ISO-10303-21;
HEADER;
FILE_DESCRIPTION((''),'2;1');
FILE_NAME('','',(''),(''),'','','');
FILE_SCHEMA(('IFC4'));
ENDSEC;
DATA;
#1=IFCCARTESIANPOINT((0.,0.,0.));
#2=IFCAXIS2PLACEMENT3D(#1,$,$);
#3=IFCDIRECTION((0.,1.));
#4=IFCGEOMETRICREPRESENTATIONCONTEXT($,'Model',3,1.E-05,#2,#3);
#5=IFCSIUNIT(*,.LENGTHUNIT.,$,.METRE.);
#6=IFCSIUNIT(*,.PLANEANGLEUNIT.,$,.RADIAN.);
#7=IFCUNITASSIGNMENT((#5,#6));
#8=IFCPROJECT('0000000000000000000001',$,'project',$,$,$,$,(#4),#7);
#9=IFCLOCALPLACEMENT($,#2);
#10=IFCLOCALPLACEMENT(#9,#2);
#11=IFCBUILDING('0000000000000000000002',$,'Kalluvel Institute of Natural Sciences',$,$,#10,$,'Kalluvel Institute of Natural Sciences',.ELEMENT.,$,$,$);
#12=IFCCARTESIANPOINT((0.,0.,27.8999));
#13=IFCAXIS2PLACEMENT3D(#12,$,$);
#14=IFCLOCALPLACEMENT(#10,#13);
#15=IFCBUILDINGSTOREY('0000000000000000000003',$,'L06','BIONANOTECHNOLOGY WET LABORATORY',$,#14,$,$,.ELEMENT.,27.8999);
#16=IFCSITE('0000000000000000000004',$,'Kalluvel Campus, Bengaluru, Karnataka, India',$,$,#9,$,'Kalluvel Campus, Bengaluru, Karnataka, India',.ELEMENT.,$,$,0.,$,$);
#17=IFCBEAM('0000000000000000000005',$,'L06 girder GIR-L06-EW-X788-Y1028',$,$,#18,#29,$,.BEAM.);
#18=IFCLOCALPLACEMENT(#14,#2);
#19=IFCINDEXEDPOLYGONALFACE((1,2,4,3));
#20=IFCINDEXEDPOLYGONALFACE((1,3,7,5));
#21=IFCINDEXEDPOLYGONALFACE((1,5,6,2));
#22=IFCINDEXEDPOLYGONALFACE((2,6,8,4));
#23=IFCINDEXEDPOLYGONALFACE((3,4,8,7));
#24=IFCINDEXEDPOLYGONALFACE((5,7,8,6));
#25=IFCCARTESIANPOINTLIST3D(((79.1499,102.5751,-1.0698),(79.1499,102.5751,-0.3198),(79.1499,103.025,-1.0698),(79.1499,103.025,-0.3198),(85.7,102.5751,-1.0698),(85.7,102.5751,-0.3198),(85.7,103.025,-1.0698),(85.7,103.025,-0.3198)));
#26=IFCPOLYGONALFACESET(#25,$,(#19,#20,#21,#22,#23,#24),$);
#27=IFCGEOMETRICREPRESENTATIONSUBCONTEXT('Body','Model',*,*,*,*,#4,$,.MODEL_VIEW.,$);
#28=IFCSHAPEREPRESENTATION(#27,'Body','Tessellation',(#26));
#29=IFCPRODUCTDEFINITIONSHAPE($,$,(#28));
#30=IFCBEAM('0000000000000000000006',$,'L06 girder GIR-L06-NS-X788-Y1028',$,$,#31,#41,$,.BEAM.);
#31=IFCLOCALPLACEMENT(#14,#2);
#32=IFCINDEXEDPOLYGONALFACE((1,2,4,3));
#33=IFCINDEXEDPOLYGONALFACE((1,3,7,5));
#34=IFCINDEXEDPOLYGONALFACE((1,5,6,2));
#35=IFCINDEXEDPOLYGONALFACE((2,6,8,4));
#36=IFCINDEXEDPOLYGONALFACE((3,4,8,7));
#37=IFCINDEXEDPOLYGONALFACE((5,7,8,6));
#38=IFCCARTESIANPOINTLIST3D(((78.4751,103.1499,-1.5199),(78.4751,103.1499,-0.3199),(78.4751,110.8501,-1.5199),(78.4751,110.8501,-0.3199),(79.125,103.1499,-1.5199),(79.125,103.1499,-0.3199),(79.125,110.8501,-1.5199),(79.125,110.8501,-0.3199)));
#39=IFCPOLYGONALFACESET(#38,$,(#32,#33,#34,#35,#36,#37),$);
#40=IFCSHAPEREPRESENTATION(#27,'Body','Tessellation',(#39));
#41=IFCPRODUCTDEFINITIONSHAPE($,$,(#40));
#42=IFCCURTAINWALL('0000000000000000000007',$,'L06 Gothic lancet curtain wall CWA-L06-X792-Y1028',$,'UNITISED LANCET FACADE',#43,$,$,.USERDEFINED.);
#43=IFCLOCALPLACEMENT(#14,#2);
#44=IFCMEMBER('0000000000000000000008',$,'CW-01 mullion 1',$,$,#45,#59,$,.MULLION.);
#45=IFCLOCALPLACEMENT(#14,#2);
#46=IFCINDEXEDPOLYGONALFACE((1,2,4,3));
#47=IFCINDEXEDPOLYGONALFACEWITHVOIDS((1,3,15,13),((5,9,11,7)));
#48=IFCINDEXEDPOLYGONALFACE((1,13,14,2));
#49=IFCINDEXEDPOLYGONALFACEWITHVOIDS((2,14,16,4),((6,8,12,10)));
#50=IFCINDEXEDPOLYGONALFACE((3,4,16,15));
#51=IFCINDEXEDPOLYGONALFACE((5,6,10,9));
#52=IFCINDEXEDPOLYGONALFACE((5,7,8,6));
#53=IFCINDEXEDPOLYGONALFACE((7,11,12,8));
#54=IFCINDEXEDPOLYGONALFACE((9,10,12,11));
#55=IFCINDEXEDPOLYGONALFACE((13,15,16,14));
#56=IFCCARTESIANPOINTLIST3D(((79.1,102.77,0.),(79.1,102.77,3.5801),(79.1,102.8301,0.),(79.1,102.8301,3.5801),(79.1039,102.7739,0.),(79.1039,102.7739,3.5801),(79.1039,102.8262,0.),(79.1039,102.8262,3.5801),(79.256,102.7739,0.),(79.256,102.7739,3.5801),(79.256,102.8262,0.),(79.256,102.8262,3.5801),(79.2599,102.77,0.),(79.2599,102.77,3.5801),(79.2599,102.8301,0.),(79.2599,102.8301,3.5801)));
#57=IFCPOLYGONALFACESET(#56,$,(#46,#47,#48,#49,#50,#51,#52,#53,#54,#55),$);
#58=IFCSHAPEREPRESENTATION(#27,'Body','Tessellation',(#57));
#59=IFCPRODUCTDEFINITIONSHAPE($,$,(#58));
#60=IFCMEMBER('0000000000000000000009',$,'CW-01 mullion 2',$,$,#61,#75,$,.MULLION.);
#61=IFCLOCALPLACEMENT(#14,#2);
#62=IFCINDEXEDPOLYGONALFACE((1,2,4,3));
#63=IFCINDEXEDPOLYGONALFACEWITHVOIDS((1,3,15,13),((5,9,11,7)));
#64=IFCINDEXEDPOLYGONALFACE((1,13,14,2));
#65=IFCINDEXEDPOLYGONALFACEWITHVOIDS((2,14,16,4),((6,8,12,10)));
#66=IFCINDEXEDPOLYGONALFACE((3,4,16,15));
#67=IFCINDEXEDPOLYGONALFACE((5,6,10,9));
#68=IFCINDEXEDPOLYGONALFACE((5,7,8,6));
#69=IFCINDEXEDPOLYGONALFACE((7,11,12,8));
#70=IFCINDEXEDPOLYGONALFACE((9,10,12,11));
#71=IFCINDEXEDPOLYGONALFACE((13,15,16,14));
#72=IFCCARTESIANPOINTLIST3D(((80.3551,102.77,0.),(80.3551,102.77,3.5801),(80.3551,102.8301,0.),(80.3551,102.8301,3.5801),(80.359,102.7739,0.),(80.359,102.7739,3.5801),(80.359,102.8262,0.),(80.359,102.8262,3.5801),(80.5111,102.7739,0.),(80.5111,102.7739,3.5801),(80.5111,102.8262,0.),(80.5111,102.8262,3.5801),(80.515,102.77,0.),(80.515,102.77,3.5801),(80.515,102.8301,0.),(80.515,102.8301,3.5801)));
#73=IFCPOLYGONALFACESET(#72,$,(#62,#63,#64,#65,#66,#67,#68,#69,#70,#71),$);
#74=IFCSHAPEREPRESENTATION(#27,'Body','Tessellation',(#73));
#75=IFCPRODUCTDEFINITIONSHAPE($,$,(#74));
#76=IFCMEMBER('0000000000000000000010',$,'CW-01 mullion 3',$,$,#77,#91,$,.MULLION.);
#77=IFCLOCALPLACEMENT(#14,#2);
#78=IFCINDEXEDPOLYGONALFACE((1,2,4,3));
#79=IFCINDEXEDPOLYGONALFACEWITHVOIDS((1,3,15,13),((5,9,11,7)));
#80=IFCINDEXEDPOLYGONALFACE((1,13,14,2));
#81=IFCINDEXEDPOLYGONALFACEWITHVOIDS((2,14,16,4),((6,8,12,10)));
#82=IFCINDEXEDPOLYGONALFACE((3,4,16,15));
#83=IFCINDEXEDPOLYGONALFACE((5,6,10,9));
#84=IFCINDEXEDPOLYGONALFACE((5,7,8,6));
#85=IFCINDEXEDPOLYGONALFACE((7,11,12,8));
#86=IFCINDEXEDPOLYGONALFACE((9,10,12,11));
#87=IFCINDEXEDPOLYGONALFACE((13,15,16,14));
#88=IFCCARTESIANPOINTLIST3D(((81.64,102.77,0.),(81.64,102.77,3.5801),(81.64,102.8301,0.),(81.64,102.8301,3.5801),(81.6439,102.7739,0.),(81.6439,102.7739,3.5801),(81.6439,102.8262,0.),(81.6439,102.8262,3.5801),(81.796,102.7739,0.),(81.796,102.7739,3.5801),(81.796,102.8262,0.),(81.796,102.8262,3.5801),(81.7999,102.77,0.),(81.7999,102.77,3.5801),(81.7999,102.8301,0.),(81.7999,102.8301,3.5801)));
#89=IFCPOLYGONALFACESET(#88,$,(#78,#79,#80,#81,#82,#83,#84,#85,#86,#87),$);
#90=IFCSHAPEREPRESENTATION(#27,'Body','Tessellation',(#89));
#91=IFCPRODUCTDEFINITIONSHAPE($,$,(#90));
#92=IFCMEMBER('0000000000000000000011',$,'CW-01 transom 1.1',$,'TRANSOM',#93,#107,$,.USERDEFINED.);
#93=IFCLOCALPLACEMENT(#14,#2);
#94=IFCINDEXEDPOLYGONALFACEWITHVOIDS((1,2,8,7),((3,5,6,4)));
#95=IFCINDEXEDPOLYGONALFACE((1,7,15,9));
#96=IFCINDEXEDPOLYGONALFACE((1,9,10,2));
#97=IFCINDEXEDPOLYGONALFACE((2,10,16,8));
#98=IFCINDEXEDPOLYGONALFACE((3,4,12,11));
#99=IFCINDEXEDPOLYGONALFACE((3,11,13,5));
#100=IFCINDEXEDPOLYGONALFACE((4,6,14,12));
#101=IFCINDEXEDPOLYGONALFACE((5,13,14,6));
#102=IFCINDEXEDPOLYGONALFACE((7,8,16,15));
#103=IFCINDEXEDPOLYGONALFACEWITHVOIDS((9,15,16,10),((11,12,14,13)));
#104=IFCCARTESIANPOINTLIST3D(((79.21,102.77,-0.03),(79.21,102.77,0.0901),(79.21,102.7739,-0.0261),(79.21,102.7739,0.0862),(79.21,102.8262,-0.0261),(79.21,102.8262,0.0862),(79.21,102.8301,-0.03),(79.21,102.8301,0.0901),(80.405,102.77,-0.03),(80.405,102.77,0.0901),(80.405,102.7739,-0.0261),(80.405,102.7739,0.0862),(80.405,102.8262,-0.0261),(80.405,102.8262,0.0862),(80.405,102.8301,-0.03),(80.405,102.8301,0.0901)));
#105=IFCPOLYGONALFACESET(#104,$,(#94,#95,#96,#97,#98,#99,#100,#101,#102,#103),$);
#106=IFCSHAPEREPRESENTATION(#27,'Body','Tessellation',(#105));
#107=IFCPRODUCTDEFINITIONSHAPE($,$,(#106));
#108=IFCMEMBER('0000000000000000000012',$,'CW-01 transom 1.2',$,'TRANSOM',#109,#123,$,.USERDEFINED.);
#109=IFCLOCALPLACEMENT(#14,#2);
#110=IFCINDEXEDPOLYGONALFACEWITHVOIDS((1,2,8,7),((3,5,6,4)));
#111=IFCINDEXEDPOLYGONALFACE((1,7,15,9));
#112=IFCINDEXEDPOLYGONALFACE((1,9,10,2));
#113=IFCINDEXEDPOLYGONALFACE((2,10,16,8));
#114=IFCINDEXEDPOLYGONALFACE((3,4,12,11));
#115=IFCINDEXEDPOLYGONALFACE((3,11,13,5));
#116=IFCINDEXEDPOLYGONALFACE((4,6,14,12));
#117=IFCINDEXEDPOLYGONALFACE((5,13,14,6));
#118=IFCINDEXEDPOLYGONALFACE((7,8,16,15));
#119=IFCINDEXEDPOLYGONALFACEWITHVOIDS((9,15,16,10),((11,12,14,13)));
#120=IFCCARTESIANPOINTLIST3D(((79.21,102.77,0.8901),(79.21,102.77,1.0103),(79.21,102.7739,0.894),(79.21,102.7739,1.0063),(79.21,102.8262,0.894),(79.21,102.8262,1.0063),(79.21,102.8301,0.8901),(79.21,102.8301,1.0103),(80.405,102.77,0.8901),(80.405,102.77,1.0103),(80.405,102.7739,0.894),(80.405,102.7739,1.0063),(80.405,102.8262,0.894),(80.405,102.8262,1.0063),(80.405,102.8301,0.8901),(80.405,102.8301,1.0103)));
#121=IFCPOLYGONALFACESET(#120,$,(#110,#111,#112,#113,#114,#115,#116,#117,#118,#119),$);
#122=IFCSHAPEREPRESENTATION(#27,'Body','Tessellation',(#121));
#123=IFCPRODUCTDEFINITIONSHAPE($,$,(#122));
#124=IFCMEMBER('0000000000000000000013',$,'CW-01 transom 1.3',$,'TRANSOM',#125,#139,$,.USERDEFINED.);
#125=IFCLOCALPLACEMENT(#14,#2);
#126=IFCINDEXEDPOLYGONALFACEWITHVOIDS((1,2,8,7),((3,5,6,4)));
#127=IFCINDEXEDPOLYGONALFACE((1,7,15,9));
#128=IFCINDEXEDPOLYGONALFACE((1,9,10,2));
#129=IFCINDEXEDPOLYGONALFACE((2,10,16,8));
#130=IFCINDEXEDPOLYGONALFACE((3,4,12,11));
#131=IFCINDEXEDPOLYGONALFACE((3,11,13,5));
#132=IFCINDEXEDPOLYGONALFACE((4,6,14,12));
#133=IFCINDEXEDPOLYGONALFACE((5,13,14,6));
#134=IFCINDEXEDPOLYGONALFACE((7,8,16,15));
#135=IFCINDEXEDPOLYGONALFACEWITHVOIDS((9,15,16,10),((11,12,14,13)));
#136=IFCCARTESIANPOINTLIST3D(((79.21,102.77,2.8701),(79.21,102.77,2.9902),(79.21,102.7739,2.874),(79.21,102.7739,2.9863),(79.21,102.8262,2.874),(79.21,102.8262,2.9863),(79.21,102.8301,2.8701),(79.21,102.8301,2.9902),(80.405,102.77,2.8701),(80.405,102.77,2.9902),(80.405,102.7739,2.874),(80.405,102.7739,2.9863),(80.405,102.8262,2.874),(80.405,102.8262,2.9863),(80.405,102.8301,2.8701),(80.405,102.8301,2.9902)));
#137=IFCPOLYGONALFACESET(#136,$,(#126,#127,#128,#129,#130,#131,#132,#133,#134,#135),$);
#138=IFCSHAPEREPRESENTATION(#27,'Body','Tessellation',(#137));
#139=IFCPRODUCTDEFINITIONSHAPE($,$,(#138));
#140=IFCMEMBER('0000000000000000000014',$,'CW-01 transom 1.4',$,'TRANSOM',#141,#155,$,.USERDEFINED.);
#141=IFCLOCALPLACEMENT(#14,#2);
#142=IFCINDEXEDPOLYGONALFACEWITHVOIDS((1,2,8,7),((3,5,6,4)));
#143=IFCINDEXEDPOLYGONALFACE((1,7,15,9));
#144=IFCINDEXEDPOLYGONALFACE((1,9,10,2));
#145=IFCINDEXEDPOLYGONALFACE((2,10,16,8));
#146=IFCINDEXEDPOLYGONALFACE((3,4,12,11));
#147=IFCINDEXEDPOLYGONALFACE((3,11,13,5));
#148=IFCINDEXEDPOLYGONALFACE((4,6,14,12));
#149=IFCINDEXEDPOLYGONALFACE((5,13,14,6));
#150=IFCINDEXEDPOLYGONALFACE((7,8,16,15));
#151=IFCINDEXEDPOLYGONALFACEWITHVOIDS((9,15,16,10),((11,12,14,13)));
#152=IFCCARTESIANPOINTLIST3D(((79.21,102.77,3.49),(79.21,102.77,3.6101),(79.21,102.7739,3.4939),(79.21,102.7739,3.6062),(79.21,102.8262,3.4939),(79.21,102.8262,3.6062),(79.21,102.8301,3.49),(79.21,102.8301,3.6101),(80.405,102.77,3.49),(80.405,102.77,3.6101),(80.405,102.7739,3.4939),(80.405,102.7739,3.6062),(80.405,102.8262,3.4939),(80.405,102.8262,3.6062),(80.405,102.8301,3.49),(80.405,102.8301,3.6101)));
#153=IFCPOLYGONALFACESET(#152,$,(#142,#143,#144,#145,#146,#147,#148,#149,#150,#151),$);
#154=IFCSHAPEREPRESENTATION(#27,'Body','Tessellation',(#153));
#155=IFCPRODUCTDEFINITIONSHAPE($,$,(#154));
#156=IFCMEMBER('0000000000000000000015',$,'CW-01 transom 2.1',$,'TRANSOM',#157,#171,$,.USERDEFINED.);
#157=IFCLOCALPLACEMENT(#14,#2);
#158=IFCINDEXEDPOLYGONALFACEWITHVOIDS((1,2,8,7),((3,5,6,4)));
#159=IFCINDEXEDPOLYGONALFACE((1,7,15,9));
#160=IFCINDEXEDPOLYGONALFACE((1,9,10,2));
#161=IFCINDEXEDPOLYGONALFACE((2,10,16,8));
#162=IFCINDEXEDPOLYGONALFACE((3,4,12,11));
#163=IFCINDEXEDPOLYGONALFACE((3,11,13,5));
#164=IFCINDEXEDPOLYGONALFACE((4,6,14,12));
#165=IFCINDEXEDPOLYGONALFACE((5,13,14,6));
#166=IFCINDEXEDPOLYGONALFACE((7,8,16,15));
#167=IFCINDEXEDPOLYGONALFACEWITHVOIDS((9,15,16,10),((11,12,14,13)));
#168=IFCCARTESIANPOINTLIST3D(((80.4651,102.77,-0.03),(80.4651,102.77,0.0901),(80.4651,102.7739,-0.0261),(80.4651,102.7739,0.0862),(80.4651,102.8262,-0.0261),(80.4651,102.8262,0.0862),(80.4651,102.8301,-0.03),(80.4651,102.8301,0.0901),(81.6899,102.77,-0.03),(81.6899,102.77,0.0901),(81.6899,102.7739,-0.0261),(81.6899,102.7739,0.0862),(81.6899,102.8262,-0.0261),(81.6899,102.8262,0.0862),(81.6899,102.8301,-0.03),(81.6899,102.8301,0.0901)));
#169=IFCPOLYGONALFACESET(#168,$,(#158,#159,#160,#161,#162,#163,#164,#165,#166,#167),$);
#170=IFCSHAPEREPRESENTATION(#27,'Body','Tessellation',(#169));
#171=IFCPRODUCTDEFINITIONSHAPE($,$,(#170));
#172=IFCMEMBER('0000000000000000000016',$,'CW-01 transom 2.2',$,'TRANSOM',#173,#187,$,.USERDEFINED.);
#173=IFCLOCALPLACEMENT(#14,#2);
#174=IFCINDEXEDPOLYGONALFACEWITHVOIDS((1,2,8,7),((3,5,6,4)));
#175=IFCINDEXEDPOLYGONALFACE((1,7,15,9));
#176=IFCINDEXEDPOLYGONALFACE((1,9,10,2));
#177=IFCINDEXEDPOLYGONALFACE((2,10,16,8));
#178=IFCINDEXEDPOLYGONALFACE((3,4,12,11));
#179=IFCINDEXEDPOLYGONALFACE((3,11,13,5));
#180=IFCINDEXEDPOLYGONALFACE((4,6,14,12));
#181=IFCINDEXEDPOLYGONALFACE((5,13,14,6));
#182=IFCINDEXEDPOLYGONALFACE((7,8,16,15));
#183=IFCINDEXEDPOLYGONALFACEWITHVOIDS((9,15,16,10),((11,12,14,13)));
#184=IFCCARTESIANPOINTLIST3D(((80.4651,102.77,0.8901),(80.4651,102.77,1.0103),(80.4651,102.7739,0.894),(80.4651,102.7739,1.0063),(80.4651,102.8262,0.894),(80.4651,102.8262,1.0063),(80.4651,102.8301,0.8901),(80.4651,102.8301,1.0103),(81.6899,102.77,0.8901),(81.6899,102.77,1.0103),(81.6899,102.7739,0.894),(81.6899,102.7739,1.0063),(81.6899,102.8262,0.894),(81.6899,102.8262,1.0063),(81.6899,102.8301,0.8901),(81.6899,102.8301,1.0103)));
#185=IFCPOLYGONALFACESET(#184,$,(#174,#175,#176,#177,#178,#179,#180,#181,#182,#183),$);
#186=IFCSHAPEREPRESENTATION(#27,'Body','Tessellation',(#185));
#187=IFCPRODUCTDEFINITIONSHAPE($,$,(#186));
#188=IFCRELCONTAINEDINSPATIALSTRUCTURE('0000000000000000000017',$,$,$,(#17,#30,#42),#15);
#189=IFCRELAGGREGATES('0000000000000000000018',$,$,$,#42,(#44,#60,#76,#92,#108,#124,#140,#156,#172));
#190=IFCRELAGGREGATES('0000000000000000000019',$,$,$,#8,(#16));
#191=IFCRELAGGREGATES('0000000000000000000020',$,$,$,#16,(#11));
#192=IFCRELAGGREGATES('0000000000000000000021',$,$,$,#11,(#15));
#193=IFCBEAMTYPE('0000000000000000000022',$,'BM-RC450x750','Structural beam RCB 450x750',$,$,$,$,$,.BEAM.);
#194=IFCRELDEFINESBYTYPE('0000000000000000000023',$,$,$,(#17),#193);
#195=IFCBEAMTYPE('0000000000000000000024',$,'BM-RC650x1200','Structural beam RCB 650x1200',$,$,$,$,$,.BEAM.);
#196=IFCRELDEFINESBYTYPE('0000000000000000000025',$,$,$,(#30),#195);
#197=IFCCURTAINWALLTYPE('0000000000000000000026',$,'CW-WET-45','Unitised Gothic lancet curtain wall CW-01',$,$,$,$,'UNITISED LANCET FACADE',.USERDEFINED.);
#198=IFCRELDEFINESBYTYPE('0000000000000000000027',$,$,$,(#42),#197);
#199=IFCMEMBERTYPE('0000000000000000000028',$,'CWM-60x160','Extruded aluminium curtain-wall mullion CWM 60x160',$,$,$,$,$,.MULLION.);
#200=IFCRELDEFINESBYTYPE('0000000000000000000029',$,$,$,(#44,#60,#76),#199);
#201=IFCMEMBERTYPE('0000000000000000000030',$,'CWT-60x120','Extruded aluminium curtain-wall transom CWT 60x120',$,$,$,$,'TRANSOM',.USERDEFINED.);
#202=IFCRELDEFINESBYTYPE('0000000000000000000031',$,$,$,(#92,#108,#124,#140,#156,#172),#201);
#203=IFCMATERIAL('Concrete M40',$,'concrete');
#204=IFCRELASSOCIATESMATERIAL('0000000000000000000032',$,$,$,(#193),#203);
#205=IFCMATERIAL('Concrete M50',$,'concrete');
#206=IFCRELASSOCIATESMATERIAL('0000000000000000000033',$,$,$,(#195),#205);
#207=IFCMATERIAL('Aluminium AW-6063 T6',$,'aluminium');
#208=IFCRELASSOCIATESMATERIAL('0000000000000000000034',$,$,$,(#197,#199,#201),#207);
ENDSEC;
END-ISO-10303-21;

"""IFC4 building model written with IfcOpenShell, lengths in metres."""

from ifc_helpers import new_model, si_unit, direction, frame, origin, origin_2d, place, context, subcontext, project, spatial, rectangle, hollow_rectangle, extrude, material, material_profile, profile_set, type_object, element, aggregate, save


model = new_model("IFC4")

# Units and contexts
model_context = context("Model", 3, precision=1e-05, world=origin(), true_north=direction((0.0, 1.0)))
body_context = subcontext(model_context, "Body", "Model", "MODEL_VIEW")
ifc_project = project(units=[si_unit("LENGTHUNIT", "METRE"), si_unit("PLANEANGLEUNIT", "RADIAN")], contexts=[model_context])

# Site, building, storey
site_placement = place(None, origin())
site = spatial("IfcSite", under=ifc_project, at=site_placement, Name="Kalluvel Campus, Bengaluru, Karnataka, India", LongName="Kalluvel Campus, Bengaluru, Karnataka, India", CompositionType="ELEMENT", RefElevation=0.0)
building_placement = place(site_placement, origin())
building = spatial("IfcBuilding", under=site, at=building_placement, Name="Kalluvel Institute of Natural Sciences", LongName="Kalluvel Institute of Natural Sciences", CompositionType="ELEMENT")
storey_placement = place(building_placement, frame((0.0, 0.0, 27.8999)))
storey = spatial("IfcBuildingStorey", under=building, at=storey_placement, Name="L06", Description="BIONANOTECHNOLOGY WET LABORATORY", CompositionType="ELEMENT", Elevation=27.8999)

# Beams
ifc_material_1 = material(Name="Concrete M40", Category="concrete")
ifc_material_profile_1 = material_profile(ifc_material_1, rectangle(XDim=0.45, YDim=0.75, at=origin_2d()), Name="RCB 450x750")
ifc_profile_set_1 = profile_set([ifc_material_profile_1], Name="Concrete M40")
beam_type_1 = type_object("IfcBeamType", Name="BM-RC450x750", Description="Structural beam RCB 450x750", PredefinedType="BEAM", material=ifc_profile_set_1)
beam_1_placement = place(storey_placement, frame((79.1499, 102.8, -0.6948), z_axis=(1.0, 0.0, 0.0), x_axis=(0.0, 1.0, 0.0)))
element("IfcBeam", 1, at=beam_1_placement, inside=storey, type_object=beam_type_1, Name="L06 girder GIR-L06-EW-X788-Y1028", PredefinedType="BEAM", context=body_context, shape_type="SweptSolid", body=[
    extrude(rectangle(XDim=0.45, YDim=0.75, at=origin_2d()), origin(), (0.0, 0.0, 1.0), 6.55),
])
ifc_material_2 = material(Name="Concrete M50", Category="concrete")
ifc_material_profile_2 = material_profile(ifc_material_2, rectangle(XDim=0.6499, YDim=1.2, at=origin_2d()), Name="RCB 650x1200")
ifc_profile_set_2 = profile_set([ifc_material_profile_2], Name="Concrete M50")
beam_type_2 = type_object("IfcBeamType", Name="BM-RC650x1200", Description="Structural beam RCB 650x1200", PredefinedType="BEAM", material=ifc_profile_set_2)
beam_2_placement = place(storey_placement, frame((78.8, 103.1499, -0.9199), z_axis=(0.0, 1.0, 0.0), x_axis=(-1.0, 0.0, 0.0)))
element("IfcBeam", 2, at=beam_2_placement, inside=storey, type_object=beam_type_2, Name="L06 girder GIR-L06-NS-X788-Y1028", PredefinedType="BEAM", context=body_context, shape_type="SweptSolid", body=[
    extrude(rectangle(XDim=0.6499, YDim=1.2, at=origin_2d()), origin(), (0.0, 0.0, 1.0), 7.7002),
])

# Curtain wall, members
ifc_material_3 = material(Name="Aluminium AW-6063 T6", Category="aluminium")
curtain_wall_type = type_object("IfcCurtainWallType", Name="CW-WET-45", Description="Unitised Gothic lancet curtain wall CW-01", ElementType="UNITISED LANCET FACADE", PredefinedType="USERDEFINED", material=ifc_material_3)
curtain_wall_placement = place(storey_placement, origin())
curtain_wall = element("IfcCurtainWall", 3, at=curtain_wall_placement, inside=storey, type_object=curtain_wall_type, Name="L06 Gothic lancet curtain wall CWA-L06-X792-Y1028", ObjectType="UNITISED LANCET FACADE", PredefinedType="USERDEFINED")
ifc_material_profile_3 = material_profile(ifc_material_3, hollow_rectangle(XDim=0.0601, YDim=0.1599, WallThickness=0.0039, at=origin_2d()), Name="CWM 60x160")
ifc_profile_set_3 = profile_set([ifc_material_profile_3], Name="Aluminium AW-6063 T6")
member_type_1 = type_object("IfcMemberType", Name="CWM-60x160", Description="Extruded aluminium curtain-wall mullion CWM 60x160", PredefinedType="MULLION", material=ifc_profile_set_3)
member_1_placement = place(storey_placement, frame((79.1799, 102.8, 0.0), z_axis=(0.0, 0.0, 1.0), x_axis=(0.0, 1.0, 0.0)))
member_1 = element("IfcMember", 4, at=member_1_placement, type_object=member_type_1, Name="CW-01 mullion 1", PredefinedType="MULLION", context=body_context, shape_type="SweptSolid", body=[
    extrude(hollow_rectangle(XDim=0.0601, YDim=0.1599, WallThickness=0.0039, at=origin_2d()), origin(), (0.0, 0.0, 1.0), 3.5801),
])
member_2_placement = place(storey_placement, frame((80.4351, 102.8, 0.0), z_axis=(0.0, 0.0, 1.0), x_axis=(0.0, 1.0, 0.0)))
member_2 = element("IfcMember", 5, at=member_2_placement, type_object=member_type_1, Name="CW-01 mullion 2", PredefinedType="MULLION", context=body_context, shape_type="SweptSolid", body=[
    extrude(hollow_rectangle(XDim=0.0601, YDim=0.1599, WallThickness=0.0039, at=origin_2d()), origin(), (0.0, 0.0, 1.0), 3.5801),
])
member_3_placement = place(storey_placement, frame((81.72, 102.8, 0.0), z_axis=(0.0, 0.0, 1.0), x_axis=(0.0, 1.0, 0.0)))
member_3 = element("IfcMember", 6, at=member_3_placement, type_object=member_type_1, Name="CW-01 mullion 3", PredefinedType="MULLION", context=body_context, shape_type="SweptSolid", body=[
    extrude(hollow_rectangle(XDim=0.0601, YDim=0.1599, WallThickness=0.0039, at=origin_2d()), origin(), (0.0, 0.0, 1.0), 3.5801),
])
ifc_material_profile_4 = material_profile(ifc_material_3, hollow_rectangle(XDim=0.0601, YDim=0.1201, WallThickness=0.0039, at=origin_2d()), Name="CWT 60x120")
ifc_profile_set_4 = profile_set([ifc_material_profile_4], Name="Aluminium AW-6063 T6")
member_type_2 = type_object("IfcMemberType", Name="CWT-60x120", Description="Extruded aluminium curtain-wall transom CWT 60x120", ElementType="TRANSOM", PredefinedType="USERDEFINED", material=ifc_profile_set_4)
member_4_placement = place(storey_placement, frame((79.21, 102.8, 0.03), z_axis=(1.0, 0.0, 0.0), x_axis=(0.0, 1.0, 0.0)))
member_4 = element("IfcMember", 7, at=member_4_placement, type_object=member_type_2, Name="CW-01 transom 1.1", ObjectType="TRANSOM", PredefinedType="USERDEFINED", context=body_context, shape_type="SweptSolid", body=[
    extrude(hollow_rectangle(XDim=0.0601, YDim=0.1201, WallThickness=0.0039, at=origin_2d()), origin(), (0.0, 0.0, 1.0), 1.1951),
])
member_5_placement = place(storey_placement, frame((79.21, 102.8, 0.9502), z_axis=(1.0, 0.0, 0.0), x_axis=(0.0, 1.0, 0.0)))
member_5 = element("IfcMember", 8, at=member_5_placement, type_object=member_type_2, Name="CW-01 transom 1.2", ObjectType="TRANSOM", PredefinedType="USERDEFINED", context=body_context, shape_type="SweptSolid", body=[
    extrude(hollow_rectangle(XDim=0.0601, YDim=0.1201, WallThickness=0.0039, at=origin_2d()), origin(), (0.0, 0.0, 1.0), 1.1951),
])
member_6_placement = place(storey_placement, frame((79.21, 102.8, 2.9302), z_axis=(1.0, 0.0, 0.0), x_axis=(0.0, 1.0, 0.0)))
member_6 = element("IfcMember", 9, at=member_6_placement, type_object=member_type_2, Name="CW-01 transom 1.3", ObjectType="TRANSOM", PredefinedType="USERDEFINED", context=body_context, shape_type="SweptSolid", body=[
    extrude(hollow_rectangle(XDim=0.0601, YDim=0.1201, WallThickness=0.0039, at=origin_2d()), origin(), (0.0, 0.0, 1.0), 1.1951),
])
member_7_placement = place(storey_placement, frame((79.21, 102.8, 3.55), z_axis=(1.0, 0.0, 0.0), x_axis=(0.0, 1.0, 0.0)))
member_7 = element("IfcMember", 10, at=member_7_placement, type_object=member_type_2, Name="CW-01 transom 1.4", ObjectType="TRANSOM", PredefinedType="USERDEFINED", context=body_context, shape_type="SweptSolid", body=[
    extrude(hollow_rectangle(XDim=0.0601, YDim=0.1201, WallThickness=0.0039, at=origin_2d()), origin(), (0.0, 0.0, 1.0), 1.1951),
])
member_8_placement = place(storey_placement, frame((80.4651, 102.8, 0.03), z_axis=(1.0, 0.0, 0.0), x_axis=(0.0, 1.0, 0.0)))
member_8 = element("IfcMember", 11, at=member_8_placement, type_object=member_type_2, Name="CW-01 transom 2.1", ObjectType="TRANSOM", PredefinedType="USERDEFINED", context=body_context, shape_type="SweptSolid", body=[
    extrude(hollow_rectangle(XDim=0.0601, YDim=0.1201, WallThickness=0.0039, at=origin_2d()), origin(), (0.0, 0.0, 1.0), 1.2249),
])
member_9_placement = place(storey_placement, frame((80.4651, 102.8, 0.9502), z_axis=(1.0, 0.0, 0.0), x_axis=(0.0, 1.0, 0.0)))
member_9 = element("IfcMember", 12, at=member_9_placement, type_object=member_type_2, Name="CW-01 transom 2.2", ObjectType="TRANSOM", PredefinedType="USERDEFINED", context=body_context, shape_type="SweptSolid", body=[
    extrude(hollow_rectangle(XDim=0.0601, YDim=0.1201, WallThickness=0.0039, at=origin_2d()), origin(), (0.0, 0.0, 1.0), 1.2249),
])

aggregate(curtain_wall, [member_1, member_2, member_3, member_4, member_5, member_6, member_7, member_8, member_9])

save(model, "model.ifc")
